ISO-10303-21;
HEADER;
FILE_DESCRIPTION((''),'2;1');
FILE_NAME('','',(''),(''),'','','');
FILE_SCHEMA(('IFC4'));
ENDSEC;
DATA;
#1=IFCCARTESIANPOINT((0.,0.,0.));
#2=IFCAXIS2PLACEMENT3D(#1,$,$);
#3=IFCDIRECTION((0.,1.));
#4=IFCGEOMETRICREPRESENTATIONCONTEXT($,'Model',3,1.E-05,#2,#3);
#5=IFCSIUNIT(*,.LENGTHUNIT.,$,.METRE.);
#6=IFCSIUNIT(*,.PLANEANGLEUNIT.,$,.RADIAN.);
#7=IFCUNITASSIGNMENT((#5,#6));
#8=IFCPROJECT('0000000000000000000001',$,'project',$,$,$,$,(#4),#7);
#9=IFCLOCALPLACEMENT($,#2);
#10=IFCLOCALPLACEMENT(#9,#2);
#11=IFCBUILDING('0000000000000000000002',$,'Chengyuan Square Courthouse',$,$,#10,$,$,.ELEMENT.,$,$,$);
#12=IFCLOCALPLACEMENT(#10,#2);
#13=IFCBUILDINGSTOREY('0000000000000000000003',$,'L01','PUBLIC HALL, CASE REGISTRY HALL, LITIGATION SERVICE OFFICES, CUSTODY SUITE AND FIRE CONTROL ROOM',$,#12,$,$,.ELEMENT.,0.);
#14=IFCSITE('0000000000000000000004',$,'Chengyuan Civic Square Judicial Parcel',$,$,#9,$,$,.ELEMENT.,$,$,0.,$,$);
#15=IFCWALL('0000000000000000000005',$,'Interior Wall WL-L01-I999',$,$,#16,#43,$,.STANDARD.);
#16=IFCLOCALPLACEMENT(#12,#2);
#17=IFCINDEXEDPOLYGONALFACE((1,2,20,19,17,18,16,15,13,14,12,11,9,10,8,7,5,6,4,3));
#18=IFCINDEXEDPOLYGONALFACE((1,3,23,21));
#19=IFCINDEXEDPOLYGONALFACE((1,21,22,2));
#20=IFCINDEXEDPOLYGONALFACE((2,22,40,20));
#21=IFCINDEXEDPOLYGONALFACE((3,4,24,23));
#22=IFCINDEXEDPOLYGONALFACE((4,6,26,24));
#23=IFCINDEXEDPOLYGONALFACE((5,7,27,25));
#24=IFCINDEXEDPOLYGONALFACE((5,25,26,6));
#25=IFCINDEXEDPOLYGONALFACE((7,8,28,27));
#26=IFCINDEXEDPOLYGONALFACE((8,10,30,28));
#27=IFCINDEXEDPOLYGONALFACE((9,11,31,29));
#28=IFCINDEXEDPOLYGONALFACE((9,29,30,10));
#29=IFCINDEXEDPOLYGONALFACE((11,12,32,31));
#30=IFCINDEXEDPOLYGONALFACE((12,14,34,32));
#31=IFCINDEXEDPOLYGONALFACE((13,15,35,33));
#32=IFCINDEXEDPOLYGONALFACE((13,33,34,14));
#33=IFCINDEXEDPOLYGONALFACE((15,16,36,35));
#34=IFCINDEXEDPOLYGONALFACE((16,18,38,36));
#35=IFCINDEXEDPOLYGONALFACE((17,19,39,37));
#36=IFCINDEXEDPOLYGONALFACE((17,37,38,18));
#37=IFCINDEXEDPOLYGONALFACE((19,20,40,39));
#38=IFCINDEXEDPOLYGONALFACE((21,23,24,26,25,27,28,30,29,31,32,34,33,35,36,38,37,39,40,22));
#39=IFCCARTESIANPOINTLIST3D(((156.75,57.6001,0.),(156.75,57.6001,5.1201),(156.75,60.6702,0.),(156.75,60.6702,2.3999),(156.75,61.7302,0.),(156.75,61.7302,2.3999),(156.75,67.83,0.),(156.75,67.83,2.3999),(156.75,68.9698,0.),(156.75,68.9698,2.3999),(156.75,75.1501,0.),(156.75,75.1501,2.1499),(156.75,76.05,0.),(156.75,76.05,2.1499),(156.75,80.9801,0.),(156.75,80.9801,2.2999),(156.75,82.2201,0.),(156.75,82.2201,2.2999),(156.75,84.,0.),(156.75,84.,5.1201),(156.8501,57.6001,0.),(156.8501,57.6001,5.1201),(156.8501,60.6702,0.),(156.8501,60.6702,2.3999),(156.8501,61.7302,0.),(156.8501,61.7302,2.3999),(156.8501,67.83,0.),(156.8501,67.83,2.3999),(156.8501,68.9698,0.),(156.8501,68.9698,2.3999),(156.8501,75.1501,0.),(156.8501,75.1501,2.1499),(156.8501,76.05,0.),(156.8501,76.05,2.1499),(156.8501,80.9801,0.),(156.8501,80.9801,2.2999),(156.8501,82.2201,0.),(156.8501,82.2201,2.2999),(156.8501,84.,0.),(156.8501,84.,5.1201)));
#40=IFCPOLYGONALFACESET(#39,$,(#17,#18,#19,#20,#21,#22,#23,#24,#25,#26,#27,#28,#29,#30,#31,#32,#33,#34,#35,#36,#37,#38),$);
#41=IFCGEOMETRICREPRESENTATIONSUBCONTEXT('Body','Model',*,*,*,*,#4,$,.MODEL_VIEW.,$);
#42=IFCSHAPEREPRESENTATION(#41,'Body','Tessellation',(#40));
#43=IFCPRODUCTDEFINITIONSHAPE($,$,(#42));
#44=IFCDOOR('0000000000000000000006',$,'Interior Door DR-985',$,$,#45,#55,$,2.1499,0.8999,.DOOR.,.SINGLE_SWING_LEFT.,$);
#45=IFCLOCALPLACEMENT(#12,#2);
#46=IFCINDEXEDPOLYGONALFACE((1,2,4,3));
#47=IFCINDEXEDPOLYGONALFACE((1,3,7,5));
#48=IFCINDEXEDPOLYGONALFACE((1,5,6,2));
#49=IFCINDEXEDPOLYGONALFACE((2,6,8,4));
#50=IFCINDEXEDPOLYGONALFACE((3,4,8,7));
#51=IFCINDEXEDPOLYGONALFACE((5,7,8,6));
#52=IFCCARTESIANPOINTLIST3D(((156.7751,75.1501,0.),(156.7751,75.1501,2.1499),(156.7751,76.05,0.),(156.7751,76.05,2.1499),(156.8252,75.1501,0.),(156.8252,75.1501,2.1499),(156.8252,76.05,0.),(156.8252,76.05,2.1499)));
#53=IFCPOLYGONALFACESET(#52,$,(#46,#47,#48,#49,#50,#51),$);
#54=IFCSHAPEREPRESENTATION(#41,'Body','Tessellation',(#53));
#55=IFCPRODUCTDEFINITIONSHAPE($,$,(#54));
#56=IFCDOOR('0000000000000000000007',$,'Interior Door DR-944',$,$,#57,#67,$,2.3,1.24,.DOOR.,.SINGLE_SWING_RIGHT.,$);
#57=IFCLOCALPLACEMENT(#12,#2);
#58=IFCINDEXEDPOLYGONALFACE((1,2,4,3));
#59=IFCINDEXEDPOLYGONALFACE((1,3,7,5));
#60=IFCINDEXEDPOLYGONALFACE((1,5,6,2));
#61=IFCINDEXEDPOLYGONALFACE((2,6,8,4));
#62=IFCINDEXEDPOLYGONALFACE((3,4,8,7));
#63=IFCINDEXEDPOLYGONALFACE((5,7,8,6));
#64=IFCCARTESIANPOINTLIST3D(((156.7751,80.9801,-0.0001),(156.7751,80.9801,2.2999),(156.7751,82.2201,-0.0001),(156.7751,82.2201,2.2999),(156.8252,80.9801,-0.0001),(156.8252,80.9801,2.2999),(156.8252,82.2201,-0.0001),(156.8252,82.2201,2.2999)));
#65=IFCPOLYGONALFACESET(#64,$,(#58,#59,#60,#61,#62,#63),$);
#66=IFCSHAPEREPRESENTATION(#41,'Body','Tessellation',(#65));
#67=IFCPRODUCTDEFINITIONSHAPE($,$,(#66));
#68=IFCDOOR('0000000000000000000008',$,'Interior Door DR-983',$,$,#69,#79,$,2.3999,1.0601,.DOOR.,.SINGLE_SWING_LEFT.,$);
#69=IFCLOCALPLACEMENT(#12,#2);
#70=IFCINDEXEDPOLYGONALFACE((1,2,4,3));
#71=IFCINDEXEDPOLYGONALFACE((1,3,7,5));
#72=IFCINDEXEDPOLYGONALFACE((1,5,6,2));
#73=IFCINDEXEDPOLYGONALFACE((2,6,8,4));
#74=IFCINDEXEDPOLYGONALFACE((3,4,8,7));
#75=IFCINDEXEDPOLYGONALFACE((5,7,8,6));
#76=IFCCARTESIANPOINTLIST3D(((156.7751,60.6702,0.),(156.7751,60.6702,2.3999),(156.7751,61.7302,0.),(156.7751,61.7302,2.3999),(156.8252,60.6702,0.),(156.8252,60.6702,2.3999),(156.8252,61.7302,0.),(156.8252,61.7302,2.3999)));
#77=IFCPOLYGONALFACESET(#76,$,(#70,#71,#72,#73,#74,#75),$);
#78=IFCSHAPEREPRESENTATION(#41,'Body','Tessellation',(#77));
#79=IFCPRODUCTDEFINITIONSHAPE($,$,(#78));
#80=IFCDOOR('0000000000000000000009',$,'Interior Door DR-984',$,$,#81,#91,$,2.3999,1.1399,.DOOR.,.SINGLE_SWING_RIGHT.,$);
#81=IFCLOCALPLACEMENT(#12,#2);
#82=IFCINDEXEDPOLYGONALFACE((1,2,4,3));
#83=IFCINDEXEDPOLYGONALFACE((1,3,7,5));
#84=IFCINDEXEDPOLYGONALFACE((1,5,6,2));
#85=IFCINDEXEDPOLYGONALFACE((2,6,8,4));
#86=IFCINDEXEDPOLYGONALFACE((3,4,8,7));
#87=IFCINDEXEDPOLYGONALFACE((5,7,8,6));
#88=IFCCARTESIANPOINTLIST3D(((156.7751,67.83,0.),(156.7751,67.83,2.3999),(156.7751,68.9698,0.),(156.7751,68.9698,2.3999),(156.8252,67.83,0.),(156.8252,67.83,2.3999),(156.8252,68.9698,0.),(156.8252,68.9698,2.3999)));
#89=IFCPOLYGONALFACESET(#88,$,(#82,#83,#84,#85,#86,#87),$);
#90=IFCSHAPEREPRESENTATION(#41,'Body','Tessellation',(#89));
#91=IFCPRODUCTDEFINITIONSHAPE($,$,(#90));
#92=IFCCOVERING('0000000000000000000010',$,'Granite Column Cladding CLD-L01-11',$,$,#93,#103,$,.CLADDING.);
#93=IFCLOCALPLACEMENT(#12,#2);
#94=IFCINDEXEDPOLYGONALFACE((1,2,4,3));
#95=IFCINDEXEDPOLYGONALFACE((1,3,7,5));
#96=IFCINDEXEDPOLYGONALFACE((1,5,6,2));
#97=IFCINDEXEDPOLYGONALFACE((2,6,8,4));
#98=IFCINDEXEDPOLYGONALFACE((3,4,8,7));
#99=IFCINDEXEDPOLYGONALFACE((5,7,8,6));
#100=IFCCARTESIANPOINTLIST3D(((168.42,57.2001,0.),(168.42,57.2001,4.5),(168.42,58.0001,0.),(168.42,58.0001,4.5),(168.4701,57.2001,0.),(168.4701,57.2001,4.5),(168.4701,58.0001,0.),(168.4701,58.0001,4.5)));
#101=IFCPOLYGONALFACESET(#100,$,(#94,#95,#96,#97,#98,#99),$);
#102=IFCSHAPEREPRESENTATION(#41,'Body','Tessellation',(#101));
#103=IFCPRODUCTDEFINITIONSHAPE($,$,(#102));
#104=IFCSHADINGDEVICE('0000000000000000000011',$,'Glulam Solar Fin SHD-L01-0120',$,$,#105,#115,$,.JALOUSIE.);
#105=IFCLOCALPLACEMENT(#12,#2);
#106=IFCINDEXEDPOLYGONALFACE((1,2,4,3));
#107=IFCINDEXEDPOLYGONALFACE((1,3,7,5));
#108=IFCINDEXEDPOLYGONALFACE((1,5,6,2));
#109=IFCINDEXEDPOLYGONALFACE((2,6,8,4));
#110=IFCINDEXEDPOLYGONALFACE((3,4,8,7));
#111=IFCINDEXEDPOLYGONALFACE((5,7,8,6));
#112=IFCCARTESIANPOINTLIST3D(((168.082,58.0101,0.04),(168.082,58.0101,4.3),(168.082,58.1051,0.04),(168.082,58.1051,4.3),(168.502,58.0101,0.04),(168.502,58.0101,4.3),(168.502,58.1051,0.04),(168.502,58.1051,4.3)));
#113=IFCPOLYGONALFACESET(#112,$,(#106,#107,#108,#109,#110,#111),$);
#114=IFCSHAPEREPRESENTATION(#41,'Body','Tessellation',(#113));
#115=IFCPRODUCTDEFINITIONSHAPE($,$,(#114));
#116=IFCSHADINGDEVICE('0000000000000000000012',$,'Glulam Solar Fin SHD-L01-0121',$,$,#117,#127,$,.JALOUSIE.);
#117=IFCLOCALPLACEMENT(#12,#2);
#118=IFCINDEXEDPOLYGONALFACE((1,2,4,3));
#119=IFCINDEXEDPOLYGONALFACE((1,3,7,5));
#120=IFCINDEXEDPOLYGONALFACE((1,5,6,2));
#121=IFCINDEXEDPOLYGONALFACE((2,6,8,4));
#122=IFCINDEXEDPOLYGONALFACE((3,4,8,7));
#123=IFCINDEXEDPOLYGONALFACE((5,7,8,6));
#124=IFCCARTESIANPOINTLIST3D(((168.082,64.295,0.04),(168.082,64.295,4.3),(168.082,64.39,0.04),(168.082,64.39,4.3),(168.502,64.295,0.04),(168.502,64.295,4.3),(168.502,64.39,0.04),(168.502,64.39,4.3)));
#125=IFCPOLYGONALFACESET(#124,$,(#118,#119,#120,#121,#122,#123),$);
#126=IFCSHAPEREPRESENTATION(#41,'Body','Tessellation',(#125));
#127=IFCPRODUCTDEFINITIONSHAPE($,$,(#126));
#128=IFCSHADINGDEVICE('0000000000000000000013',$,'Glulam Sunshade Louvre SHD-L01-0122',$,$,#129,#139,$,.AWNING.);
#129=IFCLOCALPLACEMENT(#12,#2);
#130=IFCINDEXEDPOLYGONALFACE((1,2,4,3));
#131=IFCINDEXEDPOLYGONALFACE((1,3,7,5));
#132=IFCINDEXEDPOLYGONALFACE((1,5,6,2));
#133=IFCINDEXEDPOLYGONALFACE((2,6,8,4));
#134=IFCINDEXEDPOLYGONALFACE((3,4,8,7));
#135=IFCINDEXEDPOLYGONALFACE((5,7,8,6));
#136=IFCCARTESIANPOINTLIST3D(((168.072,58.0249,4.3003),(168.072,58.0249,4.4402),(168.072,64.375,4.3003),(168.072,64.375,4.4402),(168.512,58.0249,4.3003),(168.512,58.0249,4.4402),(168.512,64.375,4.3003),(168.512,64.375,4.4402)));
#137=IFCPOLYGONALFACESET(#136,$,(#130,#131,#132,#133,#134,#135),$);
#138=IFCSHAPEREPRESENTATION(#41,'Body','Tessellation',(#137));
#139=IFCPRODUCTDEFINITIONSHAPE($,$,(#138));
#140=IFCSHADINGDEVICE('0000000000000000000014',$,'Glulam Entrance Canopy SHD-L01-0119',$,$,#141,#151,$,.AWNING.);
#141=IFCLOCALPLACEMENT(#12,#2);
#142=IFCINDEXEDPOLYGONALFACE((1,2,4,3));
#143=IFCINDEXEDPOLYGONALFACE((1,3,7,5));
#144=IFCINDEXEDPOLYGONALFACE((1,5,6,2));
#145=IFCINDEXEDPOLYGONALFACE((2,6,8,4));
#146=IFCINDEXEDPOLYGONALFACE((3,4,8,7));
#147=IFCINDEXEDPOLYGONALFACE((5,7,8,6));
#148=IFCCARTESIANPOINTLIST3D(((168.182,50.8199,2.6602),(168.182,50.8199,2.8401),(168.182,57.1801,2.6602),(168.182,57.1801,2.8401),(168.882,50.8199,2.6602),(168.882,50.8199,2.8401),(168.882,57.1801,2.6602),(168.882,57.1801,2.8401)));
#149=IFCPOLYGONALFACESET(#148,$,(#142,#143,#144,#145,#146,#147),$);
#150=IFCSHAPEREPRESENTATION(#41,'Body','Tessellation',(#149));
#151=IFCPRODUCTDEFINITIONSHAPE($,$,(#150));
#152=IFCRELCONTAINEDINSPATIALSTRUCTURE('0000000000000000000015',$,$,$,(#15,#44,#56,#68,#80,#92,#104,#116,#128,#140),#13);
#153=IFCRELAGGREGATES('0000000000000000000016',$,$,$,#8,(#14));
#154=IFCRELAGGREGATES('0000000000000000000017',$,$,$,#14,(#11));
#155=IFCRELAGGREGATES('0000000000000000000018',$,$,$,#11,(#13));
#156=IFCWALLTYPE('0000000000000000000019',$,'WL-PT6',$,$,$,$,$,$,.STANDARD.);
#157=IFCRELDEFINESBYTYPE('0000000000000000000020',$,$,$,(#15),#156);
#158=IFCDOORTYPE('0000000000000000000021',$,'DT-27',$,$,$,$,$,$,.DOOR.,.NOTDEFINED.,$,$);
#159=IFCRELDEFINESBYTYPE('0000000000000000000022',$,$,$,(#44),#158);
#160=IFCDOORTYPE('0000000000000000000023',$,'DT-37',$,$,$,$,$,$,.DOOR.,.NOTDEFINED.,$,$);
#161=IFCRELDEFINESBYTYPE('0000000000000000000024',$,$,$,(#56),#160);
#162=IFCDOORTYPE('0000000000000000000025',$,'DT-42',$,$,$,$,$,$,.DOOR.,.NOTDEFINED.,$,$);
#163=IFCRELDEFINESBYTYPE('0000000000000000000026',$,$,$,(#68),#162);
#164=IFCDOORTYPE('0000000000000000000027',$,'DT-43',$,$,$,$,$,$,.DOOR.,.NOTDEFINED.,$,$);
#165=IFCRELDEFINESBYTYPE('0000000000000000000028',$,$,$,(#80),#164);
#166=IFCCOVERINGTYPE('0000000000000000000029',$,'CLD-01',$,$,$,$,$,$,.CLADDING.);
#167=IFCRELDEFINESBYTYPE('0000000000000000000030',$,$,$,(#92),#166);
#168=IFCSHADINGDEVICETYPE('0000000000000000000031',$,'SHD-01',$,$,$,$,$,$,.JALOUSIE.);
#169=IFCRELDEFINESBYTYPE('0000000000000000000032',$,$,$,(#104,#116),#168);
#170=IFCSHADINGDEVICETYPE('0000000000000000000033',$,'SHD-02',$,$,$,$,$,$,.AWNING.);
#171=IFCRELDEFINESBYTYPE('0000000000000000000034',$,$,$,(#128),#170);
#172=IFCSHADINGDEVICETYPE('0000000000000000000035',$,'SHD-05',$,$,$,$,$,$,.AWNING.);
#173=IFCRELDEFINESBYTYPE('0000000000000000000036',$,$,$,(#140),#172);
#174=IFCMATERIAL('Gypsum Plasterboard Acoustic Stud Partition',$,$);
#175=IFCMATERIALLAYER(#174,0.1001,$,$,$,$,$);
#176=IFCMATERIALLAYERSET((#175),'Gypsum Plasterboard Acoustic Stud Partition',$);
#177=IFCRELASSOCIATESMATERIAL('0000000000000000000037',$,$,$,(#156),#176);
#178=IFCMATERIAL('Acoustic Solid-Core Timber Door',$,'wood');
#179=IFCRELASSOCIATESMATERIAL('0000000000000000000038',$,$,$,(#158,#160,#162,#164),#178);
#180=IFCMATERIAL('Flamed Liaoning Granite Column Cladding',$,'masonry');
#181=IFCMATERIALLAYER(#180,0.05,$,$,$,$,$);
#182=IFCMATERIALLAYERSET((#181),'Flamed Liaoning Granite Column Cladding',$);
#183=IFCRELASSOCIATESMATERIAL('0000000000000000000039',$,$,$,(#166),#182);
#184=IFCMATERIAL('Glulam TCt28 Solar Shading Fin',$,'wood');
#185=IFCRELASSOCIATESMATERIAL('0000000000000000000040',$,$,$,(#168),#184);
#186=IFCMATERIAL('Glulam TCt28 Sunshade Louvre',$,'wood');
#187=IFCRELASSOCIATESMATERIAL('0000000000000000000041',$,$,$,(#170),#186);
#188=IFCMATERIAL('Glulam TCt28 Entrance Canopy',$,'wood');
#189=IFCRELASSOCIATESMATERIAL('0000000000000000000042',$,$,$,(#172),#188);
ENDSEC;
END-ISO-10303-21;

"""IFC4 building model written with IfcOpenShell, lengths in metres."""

from ifc_helpers import new_model, si_unit, direction, frame, frame_2d, origin, origin_2d, place, context, subcontext, project, spatial, rectangle, extrude, material, layer, layer_set, type_object, element, fill, save


model = new_model("IFC4")

# Units and contexts
model_context = context("Model", 3, precision=1e-05, world=origin(), true_north=direction((0.0, 1.0)))
body_context = subcontext(model_context, "Body", "Model", "MODEL_VIEW")
ifc_project = project(units=[si_unit("LENGTHUNIT", "METRE"), si_unit("PLANEANGLEUNIT", "RADIAN")], contexts=[model_context])

# Site, building, storey
site_placement = place(None, origin())
site = spatial("IfcSite", under=ifc_project, at=site_placement, Name="Chengyuan Civic Square Judicial Parcel", CompositionType="ELEMENT", RefElevation=0.0)
building_placement = place(site_placement, origin())
building = spatial("IfcBuilding", under=site, at=building_placement, Name="Chengyuan Square Courthouse", CompositionType="ELEMENT")
storey_placement = place(building_placement, origin())
storey = spatial("IfcBuildingStorey", under=building, at=storey_placement, Name="L01", Description="PUBLIC HALL, CASE REGISTRY HALL, LITIGATION SERVICE OFFICES, CUSTODY SUITE AND FIRE CONTROL ROOM", CompositionType="ELEMENT", Elevation=0.0)

# Shared definitions
ifc_material_1 = material(Name="Gypsum Plasterboard Acoustic Stud Partition")
ifc_layer_1 = layer(ifc_material_1, 0.1001)
ifc_layer_set_1 = layer_set([ifc_layer_1], Name="Gypsum Plasterboard Acoustic Stud Partition")
wall_type = type_object("IfcWallType", Name="WL-PT6", PredefinedType="STANDARD", material=ifc_layer_set_1)

# Wall, openings, doors
wall_placement = place(storey_placement, frame((156.8, 57.6001, 0.0), z_axis=(0.0, 0.0, 1.0), x_axis=(0.0, 1.0, 0.0)))
wall = element("IfcWall", 1, at=wall_placement, inside=storey, type_object=wall_type, Name="Interior Wall WL-L01-I999", PredefinedType="STANDARD", context=body_context, shape_type="SweptSolid", body=[
    extrude(rectangle(XDim=26.3999, YDim=0.1001, at=frame_2d((13.2, 0.0))), origin(), (0.0, 0.0, 1.0), 5.1201),
])
opening_1_placement = place(wall_placement, frame((23.3799, 0.0, 0.0)))
opening_1 = element("IfcOpeningElement", 2, at=opening_1_placement, cuts=wall, PredefinedType="OPENING", context=body_context, shape_type="SweptSolid", body=[
    extrude(rectangle(XDim=1.24, YDim=2.3, at=frame_2d((0.6201, 1.1499))), frame((0.0, 0.062, 0.0), z_axis=(0.0, -1.0, 0.0), x_axis=(1.0, 0.0, 0.0)), (0.0, 0.0, 1.0), 0.124),
])
opening_2_placement = place(wall_placement, frame((3.0701, 0.0, 0.0)))
opening_2 = element("IfcOpeningElement", 3, at=opening_2_placement, cuts=wall, PredefinedType="OPENING", context=body_context, shape_type="SweptSolid", body=[
    extrude(rectangle(XDim=1.0601, YDim=2.3999, at=frame_2d((0.53, 1.2))), frame((0.0, 0.062, 0.0), z_axis=(0.0, -1.0, 0.0), x_axis=(1.0, 0.0, 0.0)), (0.0, 0.0, 1.0), 0.124),
])
opening_3_placement = place(wall_placement, frame((10.23, 0.0, 0.0)))
opening_3 = element("IfcOpeningElement", 4, at=opening_3_placement, cuts=wall, PredefinedType="OPENING", context=body_context, shape_type="SweptSolid", body=[
    extrude(rectangle(XDim=1.1399, YDim=2.3999, at=frame_2d((0.5698, 1.2))), frame((0.0, 0.062, 0.0), z_axis=(0.0, -1.0, 0.0), x_axis=(1.0, 0.0, 0.0)), (0.0, 0.0, 1.0), 0.124),
])
opening_4_placement = place(wall_placement, frame((17.55, 0.0, 0.0)))
opening_4 = element("IfcOpeningElement", 5, at=opening_4_placement, cuts=wall, PredefinedType="OPENING", context=body_context, shape_type="SweptSolid", body=[
    extrude(rectangle(XDim=0.8999, YDim=2.1499, at=frame_2d((0.45, 1.075))), frame((0.0, 0.062, 0.0), z_axis=(0.0, -1.0, 0.0), x_axis=(1.0, 0.0, 0.0)), (0.0, 0.0, 1.0), 0.124),
])
ifc_material_2 = material(Name="Acoustic Solid-Core Timber Door", Category="wood")
door_type_1 = type_object("IfcDoorType", Name="DT-27", OperationType="NOTDEFINED", PredefinedType="DOOR", material=ifc_material_2)
door_1_placement = place(opening_4_placement, origin())
door_1 = element("IfcDoor", 6, at=door_1_placement, inside=storey, type_object=door_type_1, Name="Interior Door DR-985", OperationType="SINGLE_SWING_LEFT", OverallHeight=2.1499, OverallWidth=0.8999, PredefinedType="DOOR", context=body_context, shape_type="SweptSolid", body=[
    extrude(rectangle(XDim=0.8999, YDim=2.1499, at=frame_2d((0.45, 1.075))), frame((0.0, 0.0249, 0.0), z_axis=(0.0, -1.0, 0.0), x_axis=(1.0, 0.0, 0.0)), (0.0, 0.0, 1.0), 0.05),
])
fill(opening_4, door_1)
door_type_2 = type_object("IfcDoorType", Name="DT-37", OperationType="NOTDEFINED", PredefinedType="DOOR", material=ifc_material_2)
door_2_placement = place(opening_1_placement, origin())
door_2 = element("IfcDoor", 7, at=door_2_placement, inside=storey, type_object=door_type_2, Name="Interior Door DR-944", OperationType="SINGLE_SWING_RIGHT", OverallHeight=2.3, OverallWidth=1.24, PredefinedType="DOOR", context=body_context, shape_type="SweptSolid", body=[
    extrude(rectangle(XDim=1.24, YDim=2.3, at=frame_2d((0.6201, 1.1499))), frame((0.0, 0.0249, 0.0), z_axis=(0.0, -1.0, 0.0), x_axis=(1.0, 0.0, 0.0)), (0.0, 0.0, 1.0), 0.05),
])
fill(opening_1, door_2)
door_type_3 = type_object("IfcDoorType", Name="DT-42", OperationType="NOTDEFINED", PredefinedType="DOOR", material=ifc_material_2)
door_3_placement = place(opening_2_placement, origin())
door_3 = element("IfcDoor", 8, at=door_3_placement, inside=storey, type_object=door_type_3, Name="Interior Door DR-983", OperationType="SINGLE_SWING_LEFT", OverallHeight=2.3999, OverallWidth=1.0601, PredefinedType="DOOR", context=body_context, shape_type="SweptSolid", body=[
    extrude(rectangle(XDim=1.0601, YDim=2.3999, at=frame_2d((0.53, 1.2))), frame((0.0, 0.0249, 0.0), z_axis=(0.0, -1.0, 0.0), x_axis=(1.0, 0.0, 0.0)), (0.0, 0.0, 1.0), 0.05),
])
fill(opening_2, door_3)
door_type_4 = type_object("IfcDoorType", Name="DT-43", OperationType="NOTDEFINED", PredefinedType="DOOR", material=ifc_material_2)
door_4_placement = place(opening_3_placement, origin())
door_4 = element("IfcDoor", 9, at=door_4_placement, inside=storey, type_object=door_type_4, Name="Interior Door DR-984", OperationType="SINGLE_SWING_RIGHT", OverallHeight=2.3999, OverallWidth=1.1399, PredefinedType="DOOR", context=body_context, shape_type="SweptSolid", body=[
    extrude(rectangle(XDim=1.1399, YDim=2.3999, at=frame_2d((0.5698, 1.2))), frame((0.0, 0.0249, 0.0), z_axis=(0.0, -1.0, 0.0), x_axis=(1.0, 0.0, 0.0)), (0.0, 0.0, 1.0), 0.05),
])
fill(opening_3, door_4)

# Covering
ifc_material_3 = material(Name="Flamed Liaoning Granite Column Cladding", Category="masonry")
ifc_layer_2 = layer(ifc_material_3, 0.05)
ifc_layer_set_2 = layer_set([ifc_layer_2], Name="Flamed Liaoning Granite Column Cladding")
covering_type = type_object("IfcCoveringType", Name="CLD-01", PredefinedType="CLADDING", material=ifc_layer_set_2)
covering_placement = place(storey_placement, frame((168.4451, 57.6001, 0.0), z_axis=(0.0, 0.0, 1.0), x_axis=(1.0, 0.0, 0.0)))
element("IfcCovering", 10, at=covering_placement, inside=storey, type_object=covering_type, Name="Granite Column Cladding CLD-L01-11", PredefinedType="CLADDING", context=body_context, shape_type="SweptSolid", body=[
    extrude(rectangle(XDim=0.05, YDim=0.8, at=origin_2d()), origin(), (0.0, 0.0, 1.0), 4.5),
])

# Shading devices
ifc_material_4 = material(Name="Glulam TCt28 Solar Shading Fin", Category="wood")
shading_device_type_1 = type_object("IfcShadingDeviceType", Name="SHD-01", PredefinedType="JALOUSIE", material=ifc_material_4)
for number, where, z_axis, x_axis, name in (
    (11, (168.292, 58.0576, 0.04), (0.0, 0.0, 1.0), (1.0, 0.0, 0.0), "Glulam Solar Fin SHD-L01-0120"),
    (12, (168.292, 64.3425, 0.04), (0.0, 0.0, 1.0), (1.0, 0.0, 0.0), "Glulam Solar Fin SHD-L01-0121"),
):
    element("IfcShadingDevice", number, at=place(storey_placement, frame(where, z_axis=z_axis, x_axis=x_axis)), inside=storey, type_object=shading_device_type_1, Name=name, PredefinedType="JALOUSIE", context=body_context, shape_type="SweptSolid", body=[
        extrude(rectangle(XDim=0.4199, YDim=0.095, at=origin_2d()), origin(), (0.0, 0.0, 1.0), 4.26),
    ])
ifc_material_5 = material(Name="Glulam TCt28 Sunshade Louvre", Category="wood")
shading_device_type_2 = type_object("IfcShadingDeviceType", Name="SHD-02", PredefinedType="AWNING", material=ifc_material_5)
shading_device_1_placement = place(storey_placement, frame((168.292, 61.2, 4.3003), z_axis=(0.0, 0.0, 1.0), x_axis=(0.0, 1.0, 0.0)))
element("IfcShadingDevice", 13, at=shading_device_1_placement, inside=storey, type_object=shading_device_type_2, Name="Glulam Sunshade Louvre SHD-L01-0122", PredefinedType="AWNING", context=body_context, shape_type="SweptSolid", body=[
    extrude(rectangle(XDim=6.3501, YDim=0.4399, at=origin_2d()), origin(), (0.0, 0.0, 1.0), 0.1399),
])
ifc_material_6 = material(Name="Glulam TCt28 Entrance Canopy", Category="wood")
shading_device_type_3 = type_object("IfcShadingDeviceType", Name="SHD-05", PredefinedType="AWNING", material=ifc_material_6)
shading_device_2_placement = place(storey_placement, frame((168.532, 54.0, 2.6602), z_axis=(0.0, 0.0, 1.0), x_axis=(0.0, 1.0, 0.0)))
element("IfcShadingDevice", 14, at=shading_device_2_placement, inside=storey, type_object=shading_device_type_3, Name="Glulam Entrance Canopy SHD-L01-0119", PredefinedType="AWNING", context=body_context, shape_type="SweptSolid", body=[
    extrude(rectangle(XDim=6.3601, YDim=0.7, at=origin_2d()), origin(), (0.0, 0.0, 1.0), 0.1799),
])

save(model, "model.ifc")
